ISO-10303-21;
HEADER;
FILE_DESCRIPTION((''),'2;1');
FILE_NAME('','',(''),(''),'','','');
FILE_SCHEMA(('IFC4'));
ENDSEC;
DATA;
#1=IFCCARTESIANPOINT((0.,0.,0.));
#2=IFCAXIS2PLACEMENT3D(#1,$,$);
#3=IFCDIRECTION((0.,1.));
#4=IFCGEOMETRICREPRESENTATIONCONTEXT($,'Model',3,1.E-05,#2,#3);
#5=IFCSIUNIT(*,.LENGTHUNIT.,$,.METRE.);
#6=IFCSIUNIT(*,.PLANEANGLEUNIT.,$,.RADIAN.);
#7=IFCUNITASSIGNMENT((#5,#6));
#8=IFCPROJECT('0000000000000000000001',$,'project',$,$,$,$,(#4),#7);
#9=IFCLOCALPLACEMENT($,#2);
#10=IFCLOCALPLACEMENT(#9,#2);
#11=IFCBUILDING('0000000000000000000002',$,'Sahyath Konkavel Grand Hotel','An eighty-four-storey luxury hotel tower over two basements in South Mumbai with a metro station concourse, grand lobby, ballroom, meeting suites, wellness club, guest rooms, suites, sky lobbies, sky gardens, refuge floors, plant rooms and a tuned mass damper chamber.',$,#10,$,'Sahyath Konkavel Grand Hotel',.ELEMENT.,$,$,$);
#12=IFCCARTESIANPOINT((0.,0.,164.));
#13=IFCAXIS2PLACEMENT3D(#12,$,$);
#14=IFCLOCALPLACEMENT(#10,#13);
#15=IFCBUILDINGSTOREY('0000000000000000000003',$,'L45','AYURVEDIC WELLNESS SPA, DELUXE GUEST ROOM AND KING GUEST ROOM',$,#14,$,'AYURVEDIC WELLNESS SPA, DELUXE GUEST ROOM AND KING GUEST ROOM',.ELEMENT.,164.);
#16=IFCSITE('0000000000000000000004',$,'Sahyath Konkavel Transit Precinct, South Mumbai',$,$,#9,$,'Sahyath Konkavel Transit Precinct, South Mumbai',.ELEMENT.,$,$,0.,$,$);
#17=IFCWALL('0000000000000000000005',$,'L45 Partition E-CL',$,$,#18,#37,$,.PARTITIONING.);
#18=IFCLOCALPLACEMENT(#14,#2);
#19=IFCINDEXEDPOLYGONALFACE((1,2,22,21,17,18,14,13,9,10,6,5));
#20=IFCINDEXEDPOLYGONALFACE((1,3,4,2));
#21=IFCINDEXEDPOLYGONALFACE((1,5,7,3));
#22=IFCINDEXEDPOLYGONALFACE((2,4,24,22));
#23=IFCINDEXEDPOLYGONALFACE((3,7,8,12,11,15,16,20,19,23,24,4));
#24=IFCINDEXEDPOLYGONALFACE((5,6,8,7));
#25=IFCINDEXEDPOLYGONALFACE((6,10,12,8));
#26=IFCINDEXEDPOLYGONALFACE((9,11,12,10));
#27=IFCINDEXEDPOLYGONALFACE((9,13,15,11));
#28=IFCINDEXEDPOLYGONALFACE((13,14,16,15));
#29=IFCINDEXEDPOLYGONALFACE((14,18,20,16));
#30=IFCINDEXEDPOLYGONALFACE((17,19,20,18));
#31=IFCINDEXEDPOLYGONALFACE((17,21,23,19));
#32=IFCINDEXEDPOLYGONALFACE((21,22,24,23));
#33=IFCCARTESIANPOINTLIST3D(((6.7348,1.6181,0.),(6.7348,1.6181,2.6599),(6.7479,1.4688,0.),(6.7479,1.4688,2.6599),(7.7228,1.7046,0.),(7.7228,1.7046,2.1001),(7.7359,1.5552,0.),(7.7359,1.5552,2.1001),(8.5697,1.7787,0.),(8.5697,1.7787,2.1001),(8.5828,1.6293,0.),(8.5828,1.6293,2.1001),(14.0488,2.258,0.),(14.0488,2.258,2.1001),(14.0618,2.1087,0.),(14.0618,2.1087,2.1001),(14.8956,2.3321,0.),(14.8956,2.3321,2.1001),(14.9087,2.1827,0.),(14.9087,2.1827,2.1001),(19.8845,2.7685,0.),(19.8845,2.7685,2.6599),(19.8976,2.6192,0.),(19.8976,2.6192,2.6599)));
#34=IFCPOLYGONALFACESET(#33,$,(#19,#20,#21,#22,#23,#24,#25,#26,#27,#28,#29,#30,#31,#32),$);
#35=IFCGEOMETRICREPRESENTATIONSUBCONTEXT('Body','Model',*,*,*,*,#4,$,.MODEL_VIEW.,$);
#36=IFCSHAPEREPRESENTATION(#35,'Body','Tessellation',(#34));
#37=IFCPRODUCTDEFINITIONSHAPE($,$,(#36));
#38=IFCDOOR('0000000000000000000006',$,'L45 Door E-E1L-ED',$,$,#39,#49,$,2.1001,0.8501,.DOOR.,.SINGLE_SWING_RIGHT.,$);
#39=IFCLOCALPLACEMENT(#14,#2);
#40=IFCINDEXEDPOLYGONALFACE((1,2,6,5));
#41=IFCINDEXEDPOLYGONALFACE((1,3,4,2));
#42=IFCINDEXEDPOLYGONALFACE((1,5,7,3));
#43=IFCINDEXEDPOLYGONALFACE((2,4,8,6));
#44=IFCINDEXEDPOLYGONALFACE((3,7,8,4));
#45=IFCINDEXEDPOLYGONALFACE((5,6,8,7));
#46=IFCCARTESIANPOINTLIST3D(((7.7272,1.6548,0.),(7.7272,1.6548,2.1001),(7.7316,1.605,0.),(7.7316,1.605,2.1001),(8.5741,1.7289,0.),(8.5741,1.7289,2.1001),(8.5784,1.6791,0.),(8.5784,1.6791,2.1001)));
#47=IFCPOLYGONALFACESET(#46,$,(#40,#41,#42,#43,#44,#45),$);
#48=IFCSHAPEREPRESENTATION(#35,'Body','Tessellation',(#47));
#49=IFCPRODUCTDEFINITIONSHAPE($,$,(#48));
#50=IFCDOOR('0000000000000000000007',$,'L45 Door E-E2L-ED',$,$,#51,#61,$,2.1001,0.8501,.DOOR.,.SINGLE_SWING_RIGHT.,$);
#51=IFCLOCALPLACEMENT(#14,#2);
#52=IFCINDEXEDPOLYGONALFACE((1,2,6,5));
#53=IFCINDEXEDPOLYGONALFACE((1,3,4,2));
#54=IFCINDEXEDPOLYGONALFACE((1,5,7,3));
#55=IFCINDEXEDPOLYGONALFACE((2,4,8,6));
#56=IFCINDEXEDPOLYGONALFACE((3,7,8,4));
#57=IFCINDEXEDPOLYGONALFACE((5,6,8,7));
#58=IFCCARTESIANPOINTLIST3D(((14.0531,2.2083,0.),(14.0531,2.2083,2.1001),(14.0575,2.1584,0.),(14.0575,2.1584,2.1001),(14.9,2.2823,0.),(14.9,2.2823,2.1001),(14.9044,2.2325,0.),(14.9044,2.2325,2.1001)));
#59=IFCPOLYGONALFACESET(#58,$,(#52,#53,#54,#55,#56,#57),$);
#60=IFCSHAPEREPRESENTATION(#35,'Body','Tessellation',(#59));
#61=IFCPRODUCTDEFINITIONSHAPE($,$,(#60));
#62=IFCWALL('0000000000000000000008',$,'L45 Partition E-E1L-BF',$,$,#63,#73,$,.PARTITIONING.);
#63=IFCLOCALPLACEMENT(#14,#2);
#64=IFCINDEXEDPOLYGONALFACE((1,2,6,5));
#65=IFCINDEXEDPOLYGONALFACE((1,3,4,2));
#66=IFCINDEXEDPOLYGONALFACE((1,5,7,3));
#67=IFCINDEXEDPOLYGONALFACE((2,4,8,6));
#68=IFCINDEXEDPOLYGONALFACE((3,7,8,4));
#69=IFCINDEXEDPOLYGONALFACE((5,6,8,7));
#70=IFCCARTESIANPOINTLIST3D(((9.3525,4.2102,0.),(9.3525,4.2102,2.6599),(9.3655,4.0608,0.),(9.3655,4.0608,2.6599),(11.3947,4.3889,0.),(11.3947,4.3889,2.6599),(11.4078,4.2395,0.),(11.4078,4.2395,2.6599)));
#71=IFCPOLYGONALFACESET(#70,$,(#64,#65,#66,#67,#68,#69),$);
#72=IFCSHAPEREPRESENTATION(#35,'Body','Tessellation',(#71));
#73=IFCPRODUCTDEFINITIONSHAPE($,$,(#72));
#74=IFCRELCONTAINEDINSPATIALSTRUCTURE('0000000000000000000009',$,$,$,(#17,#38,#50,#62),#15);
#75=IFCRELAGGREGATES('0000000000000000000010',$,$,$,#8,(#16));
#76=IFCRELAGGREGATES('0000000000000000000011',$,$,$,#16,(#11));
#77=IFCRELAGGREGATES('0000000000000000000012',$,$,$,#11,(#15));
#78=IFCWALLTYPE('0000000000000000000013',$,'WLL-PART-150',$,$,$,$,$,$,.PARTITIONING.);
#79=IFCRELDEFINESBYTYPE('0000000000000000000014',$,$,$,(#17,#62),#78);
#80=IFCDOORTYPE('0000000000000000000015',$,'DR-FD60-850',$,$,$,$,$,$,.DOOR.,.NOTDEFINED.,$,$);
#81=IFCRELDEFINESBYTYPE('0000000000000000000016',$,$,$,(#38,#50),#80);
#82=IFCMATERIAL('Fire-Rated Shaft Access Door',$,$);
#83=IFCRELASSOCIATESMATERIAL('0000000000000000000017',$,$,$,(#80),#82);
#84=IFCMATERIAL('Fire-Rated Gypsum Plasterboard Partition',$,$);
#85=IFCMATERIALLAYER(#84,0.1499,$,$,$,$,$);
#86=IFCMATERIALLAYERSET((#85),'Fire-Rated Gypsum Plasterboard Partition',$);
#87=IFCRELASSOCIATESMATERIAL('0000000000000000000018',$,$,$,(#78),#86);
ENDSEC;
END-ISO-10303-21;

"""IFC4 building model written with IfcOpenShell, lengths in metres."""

from ifc_helpers import new_model, si_unit, direction, frame, frame_2d, origin, origin_2d, place, context, subcontext, project, spatial, rectangle, extrude, source, transform, mapped, material, layer, layer_set, type_object, element, fill, save


model = new_model("IFC4")

# Units and contexts
model_context = context("Model", 3, precision=1e-05, world=origin(), true_north=direction((0.0, 1.0)))
body_context = subcontext(model_context, "Body", "Model", "MODEL_VIEW")
ifc_project = project(units=[si_unit("LENGTHUNIT", "METRE"), si_unit("PLANEANGLEUNIT", "RADIAN")], contexts=[model_context])

# Site, building, storey
site_placement = place(None, origin())
site = spatial("IfcSite", under=ifc_project, at=site_placement, Name="Sahyath Konkavel Transit Precinct, South Mumbai", LongName="Sahyath Konkavel Transit Precinct, South Mumbai", CompositionType="ELEMENT", RefElevation=0.0)
building_placement = place(site_placement, origin())
building = spatial("IfcBuilding", under=site, at=building_placement, Name="Sahyath Konkavel Grand Hotel", Description="An eighty-four-storey luxury hotel tower over two basements in South Mumbai with a metro station concourse, grand lobby, ballroom, meeting suites, wellness club, guest rooms, suites, sky lobbies, sky gardens, refuge floors, plant rooms and a tuned mass damper chamber.", LongName="Sahyath Konkavel Grand Hotel", CompositionType="ELEMENT")
storey_placement = place(building_placement, frame((0.0, 0.0, 164.0)))
storey = spatial("IfcBuildingStorey", under=building, at=storey_placement, Name="L45", Description="AYURVEDIC WELLNESS SPA, DELUXE GUEST ROOM AND KING GUEST ROOM", LongName="AYURVEDIC WELLNESS SPA, DELUXE GUEST ROOM AND KING GUEST ROOM", CompositionType="ELEMENT", Elevation=164.0)

# Shared definitions
shared_shape_1 = source(origin(), body_context, "Body", "SweptSolid", [
    extrude(rectangle(XDim=0.8501, YDim=0.05, at=origin_2d()), origin(), (0.0, 0.0, 1.0), 2.1001),
])

# Shared definitions
ifc_material_1 = material(Name="Fire-Rated Shaft Access Door")
door_type_1 = type_object("IfcDoorType", Name="DR-FD60-850", OperationType="NOTDEFINED", PredefinedType="DOOR", material=ifc_material_1)

# Shared definitions
ifc_material_2 = material(Name="Fire-Rated Gypsum Plasterboard Partition")
ifc_layer_1 = layer(ifc_material_2, 0.1499)
ifc_layer_set_1 = layer_set([ifc_layer_1], Name="Fire-Rated Gypsum Plasterboard Partition")
wall_type_1 = type_object("IfcWallType", Name="WLL-PART-150", PredefinedType="PARTITIONING", material=ifc_layer_set_1)

# Wall, openings, doors
wall_1_placement = place(storey_placement, frame((6.7412, 1.5435, 0.0), z_axis=(0.0, 0.0, 1.0), x_axis=(0.996195, 0.087152, 0.0)))
wall_1 = element("IfcWall", 1, at=wall_1_placement, inside=storey, type_object=wall_type_1, Name="L45 Partition E-CL", PredefinedType="PARTITIONING", context=body_context, shape_type="SweptSolid", body=[
    extrude(rectangle(XDim=13.2, YDim=0.1499, at=frame_2d((6.6001, 0.0))), origin(), (0.0, 0.0, 1.0), 2.6599),
])
opening_1_placement = place(wall_1_placement, frame((0.9919, 0.0, 0.0)))
opening_1 = element("IfcOpeningElement", 2, at=opening_1_placement, cuts=wall_1, PredefinedType="OPENING", context=body_context, shape_type="SweptSolid", body=[
    extrude(rectangle(XDim=0.8501, YDim=2.1001, at=frame_2d((0.425, 1.05))), frame((0.0, 0.085, 0.0), z_axis=(0.0, -1.0, 0.0), x_axis=(1.0, 0.0, 0.0)), (0.0, 0.0, 1.0), 0.1699),
])
opening_2_placement = place(wall_1_placement, frame((7.342, 0.0, 0.0)))
opening_2 = element("IfcOpeningElement", 3, at=opening_2_placement, cuts=wall_1, PredefinedType="OPENING", context=body_context, shape_type="SweptSolid", body=[
    extrude(rectangle(XDim=0.8501, YDim=2.1001, at=frame_2d((0.425, 1.05))), frame((0.0, 0.085, 0.0), z_axis=(0.0, -1.0, 0.0), x_axis=(1.0, 0.0, 0.0)), (0.0, 0.0, 1.0), 0.1699),
])
door_1_placement = place(opening_1_placement, frame((0.425, 0.0, 0.0)))
door_1 = element("IfcDoor", 4, at=door_1_placement, inside=storey, type_object=door_type_1, Name="L45 Door E-E1L-ED", OperationType="SINGLE_SWING_RIGHT", OverallHeight=2.1001, OverallWidth=0.8501, PredefinedType="DOOR", context=body_context, shape_type="MappedRepresentation", body=[
    mapped(shared_shape_1, transform((0.0, 0.0, 0.0), scale=1.0)),
])
fill(opening_1, door_1)
door_2_placement = place(opening_2_placement, frame((0.425, 0.0, 0.0)))
door_2 = element("IfcDoor", 5, at=door_2_placement, inside=storey, type_object=door_type_1, Name="L45 Door E-E2L-ED", OperationType="SINGLE_SWING_RIGHT", OverallHeight=2.1001, OverallWidth=0.8501, PredefinedType="DOOR", context=body_context, shape_type="MappedRepresentation", body=[
    mapped(shared_shape_1, transform((0.0, 0.0, 0.0), scale=1.0)),
])
fill(opening_2, door_2)

# Wall
wall_2_placement = place(storey_placement, frame((9.3591, 4.1355, 0.0), z_axis=(0.0, 0.0, 1.0), x_axis=(0.996193, 0.087174, 0.0)))
element("IfcWall", 6, at=wall_2_placement, inside=storey, type_object=wall_type_1, Name="L45 Partition E-E1L-BF", PredefinedType="PARTITIONING", context=body_context, shape_type="SweptSolid", body=[
    extrude(rectangle(XDim=2.05, YDim=0.1499, at=frame_2d((1.0249, 0.0))), origin(), (0.0, 0.0, 1.0), 2.6599),
])

save(model, "model.ifc")
